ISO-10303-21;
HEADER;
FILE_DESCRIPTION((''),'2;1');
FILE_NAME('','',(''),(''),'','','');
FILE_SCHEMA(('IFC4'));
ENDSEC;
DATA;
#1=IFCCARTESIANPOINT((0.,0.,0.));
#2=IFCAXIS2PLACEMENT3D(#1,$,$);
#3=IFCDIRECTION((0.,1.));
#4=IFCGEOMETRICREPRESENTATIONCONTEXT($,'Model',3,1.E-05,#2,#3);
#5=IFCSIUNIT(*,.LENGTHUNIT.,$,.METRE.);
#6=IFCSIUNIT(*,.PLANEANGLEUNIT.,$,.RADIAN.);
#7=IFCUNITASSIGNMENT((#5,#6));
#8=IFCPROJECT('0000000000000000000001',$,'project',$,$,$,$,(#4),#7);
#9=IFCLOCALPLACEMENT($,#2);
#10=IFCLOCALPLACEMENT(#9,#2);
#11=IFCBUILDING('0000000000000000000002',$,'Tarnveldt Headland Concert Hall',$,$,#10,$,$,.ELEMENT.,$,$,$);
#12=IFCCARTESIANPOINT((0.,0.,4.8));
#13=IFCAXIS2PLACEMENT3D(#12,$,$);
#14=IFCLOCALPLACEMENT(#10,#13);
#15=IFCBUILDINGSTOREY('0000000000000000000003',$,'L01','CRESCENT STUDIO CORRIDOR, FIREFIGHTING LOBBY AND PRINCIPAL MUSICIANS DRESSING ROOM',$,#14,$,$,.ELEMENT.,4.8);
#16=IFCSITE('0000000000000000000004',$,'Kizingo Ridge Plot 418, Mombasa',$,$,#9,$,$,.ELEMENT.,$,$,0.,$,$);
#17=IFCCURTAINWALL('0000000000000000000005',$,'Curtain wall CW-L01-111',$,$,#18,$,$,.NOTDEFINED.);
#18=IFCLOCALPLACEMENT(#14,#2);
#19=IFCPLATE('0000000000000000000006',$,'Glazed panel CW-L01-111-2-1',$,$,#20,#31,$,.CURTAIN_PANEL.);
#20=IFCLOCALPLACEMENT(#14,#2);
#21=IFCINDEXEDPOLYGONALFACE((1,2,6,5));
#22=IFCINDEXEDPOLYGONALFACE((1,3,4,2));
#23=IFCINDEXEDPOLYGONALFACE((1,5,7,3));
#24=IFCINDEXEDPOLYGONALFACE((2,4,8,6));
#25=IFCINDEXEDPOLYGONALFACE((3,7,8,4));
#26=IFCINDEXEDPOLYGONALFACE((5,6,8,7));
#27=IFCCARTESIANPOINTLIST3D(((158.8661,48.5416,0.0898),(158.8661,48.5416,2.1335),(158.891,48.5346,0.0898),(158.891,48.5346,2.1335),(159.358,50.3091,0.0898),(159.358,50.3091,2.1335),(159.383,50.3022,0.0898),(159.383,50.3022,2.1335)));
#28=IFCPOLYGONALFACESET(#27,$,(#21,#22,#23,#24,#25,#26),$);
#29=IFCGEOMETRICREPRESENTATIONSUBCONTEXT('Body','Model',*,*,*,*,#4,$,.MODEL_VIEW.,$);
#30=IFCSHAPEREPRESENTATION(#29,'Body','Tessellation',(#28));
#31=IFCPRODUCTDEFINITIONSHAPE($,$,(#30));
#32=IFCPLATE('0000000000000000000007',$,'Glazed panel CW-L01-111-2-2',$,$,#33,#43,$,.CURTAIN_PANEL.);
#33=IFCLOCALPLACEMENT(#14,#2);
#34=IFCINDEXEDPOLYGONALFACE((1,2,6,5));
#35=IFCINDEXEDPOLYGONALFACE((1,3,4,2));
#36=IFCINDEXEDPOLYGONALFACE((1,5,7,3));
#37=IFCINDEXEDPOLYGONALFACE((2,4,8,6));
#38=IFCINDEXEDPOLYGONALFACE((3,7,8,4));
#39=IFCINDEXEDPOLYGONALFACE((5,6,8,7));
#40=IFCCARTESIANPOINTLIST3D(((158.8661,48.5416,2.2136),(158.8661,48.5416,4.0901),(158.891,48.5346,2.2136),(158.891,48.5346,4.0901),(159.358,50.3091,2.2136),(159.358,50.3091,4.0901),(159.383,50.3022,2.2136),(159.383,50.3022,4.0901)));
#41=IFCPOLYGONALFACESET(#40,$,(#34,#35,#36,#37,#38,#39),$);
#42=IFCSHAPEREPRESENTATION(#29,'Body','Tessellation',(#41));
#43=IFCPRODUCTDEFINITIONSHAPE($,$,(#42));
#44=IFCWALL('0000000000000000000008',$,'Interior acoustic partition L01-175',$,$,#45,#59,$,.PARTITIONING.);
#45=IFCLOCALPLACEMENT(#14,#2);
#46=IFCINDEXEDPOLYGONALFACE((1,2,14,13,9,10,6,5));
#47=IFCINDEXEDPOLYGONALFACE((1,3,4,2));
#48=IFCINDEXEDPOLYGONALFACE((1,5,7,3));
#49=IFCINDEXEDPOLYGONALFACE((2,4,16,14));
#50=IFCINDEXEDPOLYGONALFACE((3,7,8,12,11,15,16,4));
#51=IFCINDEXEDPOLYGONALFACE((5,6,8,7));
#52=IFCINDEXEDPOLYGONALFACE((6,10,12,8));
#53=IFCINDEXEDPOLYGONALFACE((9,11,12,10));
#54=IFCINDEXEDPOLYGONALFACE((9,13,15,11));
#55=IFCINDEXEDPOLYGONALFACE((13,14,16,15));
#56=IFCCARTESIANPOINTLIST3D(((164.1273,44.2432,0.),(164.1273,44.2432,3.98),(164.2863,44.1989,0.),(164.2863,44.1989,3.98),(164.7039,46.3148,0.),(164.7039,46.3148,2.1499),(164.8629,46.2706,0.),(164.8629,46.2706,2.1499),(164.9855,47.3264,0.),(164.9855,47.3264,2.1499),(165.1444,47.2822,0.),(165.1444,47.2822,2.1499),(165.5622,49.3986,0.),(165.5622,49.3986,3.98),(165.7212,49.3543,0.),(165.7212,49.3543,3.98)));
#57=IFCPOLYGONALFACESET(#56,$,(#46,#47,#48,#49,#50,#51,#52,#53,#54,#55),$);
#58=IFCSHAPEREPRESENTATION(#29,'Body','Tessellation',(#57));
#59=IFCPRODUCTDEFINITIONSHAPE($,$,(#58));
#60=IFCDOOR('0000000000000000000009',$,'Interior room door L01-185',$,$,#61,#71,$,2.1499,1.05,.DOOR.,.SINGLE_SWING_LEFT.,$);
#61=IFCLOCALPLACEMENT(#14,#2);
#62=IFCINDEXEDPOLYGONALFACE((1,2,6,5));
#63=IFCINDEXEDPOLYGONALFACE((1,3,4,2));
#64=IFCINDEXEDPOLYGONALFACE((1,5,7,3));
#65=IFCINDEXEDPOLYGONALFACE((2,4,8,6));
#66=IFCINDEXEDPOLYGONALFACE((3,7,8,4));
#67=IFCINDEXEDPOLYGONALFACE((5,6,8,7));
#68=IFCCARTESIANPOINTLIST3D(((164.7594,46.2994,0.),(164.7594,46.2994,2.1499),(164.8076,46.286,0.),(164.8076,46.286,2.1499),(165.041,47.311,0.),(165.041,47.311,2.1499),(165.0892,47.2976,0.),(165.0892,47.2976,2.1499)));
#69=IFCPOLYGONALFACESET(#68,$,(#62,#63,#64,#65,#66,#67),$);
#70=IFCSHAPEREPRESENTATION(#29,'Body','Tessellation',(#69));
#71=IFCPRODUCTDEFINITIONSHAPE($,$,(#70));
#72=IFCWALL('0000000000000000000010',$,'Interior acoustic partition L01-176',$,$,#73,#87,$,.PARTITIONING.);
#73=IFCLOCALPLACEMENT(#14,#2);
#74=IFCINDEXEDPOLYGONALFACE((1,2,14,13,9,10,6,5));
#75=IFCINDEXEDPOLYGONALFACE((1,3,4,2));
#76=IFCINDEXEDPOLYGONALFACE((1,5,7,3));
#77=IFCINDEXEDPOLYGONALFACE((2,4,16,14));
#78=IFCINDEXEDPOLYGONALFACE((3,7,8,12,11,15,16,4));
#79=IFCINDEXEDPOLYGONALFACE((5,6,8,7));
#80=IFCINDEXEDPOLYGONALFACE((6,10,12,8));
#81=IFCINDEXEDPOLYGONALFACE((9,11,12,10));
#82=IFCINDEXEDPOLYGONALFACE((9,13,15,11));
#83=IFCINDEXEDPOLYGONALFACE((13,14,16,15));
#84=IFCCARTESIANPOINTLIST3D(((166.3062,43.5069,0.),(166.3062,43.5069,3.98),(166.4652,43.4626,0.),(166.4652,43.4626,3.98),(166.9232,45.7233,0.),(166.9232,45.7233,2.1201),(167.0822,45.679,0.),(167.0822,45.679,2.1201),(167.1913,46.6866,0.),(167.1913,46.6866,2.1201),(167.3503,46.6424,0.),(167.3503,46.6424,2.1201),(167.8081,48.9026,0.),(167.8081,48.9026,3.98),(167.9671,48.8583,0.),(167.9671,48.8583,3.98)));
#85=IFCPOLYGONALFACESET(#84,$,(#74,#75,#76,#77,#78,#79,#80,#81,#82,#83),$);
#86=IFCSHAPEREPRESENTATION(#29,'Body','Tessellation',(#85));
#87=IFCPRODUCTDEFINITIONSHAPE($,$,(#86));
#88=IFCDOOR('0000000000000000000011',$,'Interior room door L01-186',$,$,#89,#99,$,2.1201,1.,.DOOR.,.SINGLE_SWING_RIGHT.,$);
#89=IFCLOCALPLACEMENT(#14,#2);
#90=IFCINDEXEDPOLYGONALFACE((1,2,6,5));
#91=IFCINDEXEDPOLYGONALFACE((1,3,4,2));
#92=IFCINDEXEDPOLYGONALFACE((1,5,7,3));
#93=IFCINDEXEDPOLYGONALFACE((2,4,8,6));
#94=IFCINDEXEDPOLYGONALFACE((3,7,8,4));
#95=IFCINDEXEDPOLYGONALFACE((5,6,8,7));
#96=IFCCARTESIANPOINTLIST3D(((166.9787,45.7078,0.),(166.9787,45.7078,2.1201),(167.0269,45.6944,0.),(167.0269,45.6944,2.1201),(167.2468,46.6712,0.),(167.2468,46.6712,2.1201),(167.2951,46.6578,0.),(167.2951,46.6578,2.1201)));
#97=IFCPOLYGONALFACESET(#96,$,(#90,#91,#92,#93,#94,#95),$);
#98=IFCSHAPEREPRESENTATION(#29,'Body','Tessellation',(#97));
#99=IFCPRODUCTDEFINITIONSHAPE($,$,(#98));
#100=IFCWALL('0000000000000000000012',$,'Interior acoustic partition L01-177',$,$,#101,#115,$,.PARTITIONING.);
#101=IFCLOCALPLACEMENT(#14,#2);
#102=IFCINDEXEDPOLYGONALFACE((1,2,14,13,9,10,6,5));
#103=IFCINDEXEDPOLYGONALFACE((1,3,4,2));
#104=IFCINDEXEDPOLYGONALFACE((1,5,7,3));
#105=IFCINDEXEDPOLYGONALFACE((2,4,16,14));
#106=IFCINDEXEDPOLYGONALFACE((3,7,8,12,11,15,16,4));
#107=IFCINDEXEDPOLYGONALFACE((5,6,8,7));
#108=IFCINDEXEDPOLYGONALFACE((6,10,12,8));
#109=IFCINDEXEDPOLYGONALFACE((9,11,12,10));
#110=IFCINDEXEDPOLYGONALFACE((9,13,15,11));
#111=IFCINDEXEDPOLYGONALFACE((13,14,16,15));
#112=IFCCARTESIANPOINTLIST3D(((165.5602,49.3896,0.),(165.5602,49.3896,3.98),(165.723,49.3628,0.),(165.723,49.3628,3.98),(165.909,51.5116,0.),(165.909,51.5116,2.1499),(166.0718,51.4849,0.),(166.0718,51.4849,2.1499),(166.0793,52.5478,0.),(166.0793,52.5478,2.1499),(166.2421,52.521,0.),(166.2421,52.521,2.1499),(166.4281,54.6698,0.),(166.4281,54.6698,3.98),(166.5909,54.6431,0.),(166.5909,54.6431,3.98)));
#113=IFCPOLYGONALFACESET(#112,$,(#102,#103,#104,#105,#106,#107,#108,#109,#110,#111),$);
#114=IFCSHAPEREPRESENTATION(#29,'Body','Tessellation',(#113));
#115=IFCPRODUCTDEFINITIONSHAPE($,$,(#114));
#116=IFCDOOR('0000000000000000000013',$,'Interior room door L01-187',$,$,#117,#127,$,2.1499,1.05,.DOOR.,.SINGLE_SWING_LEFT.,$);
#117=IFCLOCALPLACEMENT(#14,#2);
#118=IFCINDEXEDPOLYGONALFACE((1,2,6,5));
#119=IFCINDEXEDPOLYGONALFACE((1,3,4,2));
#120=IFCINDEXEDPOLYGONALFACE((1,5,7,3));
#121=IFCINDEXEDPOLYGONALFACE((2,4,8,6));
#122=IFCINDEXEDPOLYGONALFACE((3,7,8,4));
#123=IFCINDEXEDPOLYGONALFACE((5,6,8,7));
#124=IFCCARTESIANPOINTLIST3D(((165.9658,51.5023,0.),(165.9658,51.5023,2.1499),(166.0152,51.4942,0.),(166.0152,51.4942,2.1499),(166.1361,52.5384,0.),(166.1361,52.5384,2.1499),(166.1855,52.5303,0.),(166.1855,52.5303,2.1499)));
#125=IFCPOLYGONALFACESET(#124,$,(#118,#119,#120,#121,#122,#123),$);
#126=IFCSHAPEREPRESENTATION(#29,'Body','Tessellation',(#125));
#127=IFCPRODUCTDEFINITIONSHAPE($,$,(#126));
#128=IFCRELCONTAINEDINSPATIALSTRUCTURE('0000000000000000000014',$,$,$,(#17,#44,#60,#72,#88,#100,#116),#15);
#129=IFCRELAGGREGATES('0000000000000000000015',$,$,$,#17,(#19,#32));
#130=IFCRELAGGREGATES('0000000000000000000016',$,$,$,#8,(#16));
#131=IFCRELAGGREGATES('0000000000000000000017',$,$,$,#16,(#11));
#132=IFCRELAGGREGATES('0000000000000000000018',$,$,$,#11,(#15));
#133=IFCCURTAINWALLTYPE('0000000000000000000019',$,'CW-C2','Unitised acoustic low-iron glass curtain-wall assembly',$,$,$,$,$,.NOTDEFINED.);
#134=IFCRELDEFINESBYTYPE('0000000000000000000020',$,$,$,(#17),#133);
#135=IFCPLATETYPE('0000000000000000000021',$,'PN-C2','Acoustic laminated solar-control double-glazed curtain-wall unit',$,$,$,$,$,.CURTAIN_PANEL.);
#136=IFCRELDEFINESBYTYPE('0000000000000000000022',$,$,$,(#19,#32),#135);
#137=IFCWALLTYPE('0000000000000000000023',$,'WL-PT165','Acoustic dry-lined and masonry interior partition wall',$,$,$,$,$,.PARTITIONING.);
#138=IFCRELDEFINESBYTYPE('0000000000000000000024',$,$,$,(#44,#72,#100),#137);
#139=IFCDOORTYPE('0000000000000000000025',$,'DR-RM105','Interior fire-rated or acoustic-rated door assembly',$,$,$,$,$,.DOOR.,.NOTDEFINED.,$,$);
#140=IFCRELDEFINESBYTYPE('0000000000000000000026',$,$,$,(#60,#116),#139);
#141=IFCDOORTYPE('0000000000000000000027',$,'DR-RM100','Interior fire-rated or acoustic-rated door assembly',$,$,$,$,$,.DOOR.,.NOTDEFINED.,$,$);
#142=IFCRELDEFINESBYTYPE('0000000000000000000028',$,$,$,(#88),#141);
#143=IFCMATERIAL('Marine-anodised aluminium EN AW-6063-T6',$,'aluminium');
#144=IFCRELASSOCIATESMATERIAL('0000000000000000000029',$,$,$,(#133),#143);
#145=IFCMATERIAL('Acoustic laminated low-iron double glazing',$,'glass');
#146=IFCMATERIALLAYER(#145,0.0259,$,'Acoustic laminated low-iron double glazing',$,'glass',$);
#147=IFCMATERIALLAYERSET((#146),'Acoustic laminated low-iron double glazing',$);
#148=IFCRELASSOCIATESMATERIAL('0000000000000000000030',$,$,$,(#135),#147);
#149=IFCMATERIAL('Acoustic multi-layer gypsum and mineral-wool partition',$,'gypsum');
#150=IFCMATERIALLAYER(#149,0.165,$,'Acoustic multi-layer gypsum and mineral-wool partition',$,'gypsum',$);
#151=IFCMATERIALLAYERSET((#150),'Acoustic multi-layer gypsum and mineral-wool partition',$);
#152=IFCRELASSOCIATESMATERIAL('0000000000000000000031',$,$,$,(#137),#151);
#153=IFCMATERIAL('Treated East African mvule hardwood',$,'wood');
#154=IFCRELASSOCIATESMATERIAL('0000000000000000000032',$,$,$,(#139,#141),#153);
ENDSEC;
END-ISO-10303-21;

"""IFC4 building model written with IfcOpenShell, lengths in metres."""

from ifc_helpers import new_model, si_unit, direction, frame, frame_2d, origin, origin_2d, place, context, subcontext, project, spatial, rectangle, extrude, material, layer, layer_set, type_object, element, fill, aggregate, save


model = new_model("IFC4")

# Units and contexts
model_context = context("Model", 3, precision=1e-05, world=origin(), true_north=direction((0.0, 1.0)))
body_context = subcontext(model_context, "Body", "Model", "MODEL_VIEW")
ifc_project = project(units=[si_unit("LENGTHUNIT", "METRE"), si_unit("PLANEANGLEUNIT", "RADIAN")], contexts=[model_context])

# Site, building, storey
site_placement = place(None, origin())
site = spatial("IfcSite", under=ifc_project, at=site_placement, Name="Kizingo Ridge Plot 418, Mombasa", CompositionType="ELEMENT", RefElevation=0.0)
building_placement = place(site_placement, origin())
building = spatial("IfcBuilding", under=site, at=building_placement, Name="Tarnveldt Headland Concert Hall", CompositionType="ELEMENT")
storey_placement = place(building_placement, frame((0.0, 0.0, 4.8)))
storey = spatial("IfcBuildingStorey", under=building, at=storey_placement, Name="L01", Description="CRESCENT STUDIO CORRIDOR, FIREFIGHTING LOBBY AND PRINCIPAL MUSICIANS DRESSING ROOM", CompositionType="ELEMENT", Elevation=4.8)

# Curtain wall
ifc_material_1 = material(Name="Marine-anodised aluminium EN AW-6063-T6", Category="aluminium")
curtain_wall_type = type_object("IfcCurtainWallType", Name="CW-C2", Description="Unitised acoustic low-iron glass curtain-wall assembly", PredefinedType="NOTDEFINED", material=ifc_material_1)
curtain_wall_placement = place(storey_placement, origin())
curtain_wall = element("IfcCurtainWall", 1, at=curtain_wall_placement, inside=storey, type_object=curtain_wall_type, Name="Curtain wall CW-L01-111", PredefinedType="NOTDEFINED")

# Plates
ifc_material_2 = material(Name="Acoustic laminated low-iron double glazing", Category="glass")
ifc_layer_1 = layer(ifc_material_2, 0.0259, Name="Acoustic laminated low-iron double glazing", Category="glass")
ifc_layer_set_1 = layer_set([ifc_layer_1], Name="Acoustic laminated low-iron double glazing")
plate_type = type_object("IfcPlateType", Name="PN-C2", Description="Acoustic laminated solar-control double-glazed curtain-wall unit", PredefinedType="CURTAIN_PANEL", material=ifc_layer_set_1)
plate_1_placement = place(storey_placement, frame((159.1245, 49.4219, 0.0898), z_axis=(0.0, 0.0, 1.0), x_axis=(0.268146, 0.963378, 0.0)))
plate_1 = element("IfcPlate", 2, at=plate_1_placement, type_object=plate_type, Name="Glazed panel CW-L01-111-2-1", PredefinedType="CURTAIN_PANEL", context=body_context, shape_type="SweptSolid", body=[
    extrude(rectangle(XDim=1.8347, YDim=0.0259, at=origin_2d()), origin(), (0.0, 0.0, 1.0), 2.0437),
])
plate_2_placement = place(storey_placement, frame((159.1245, 49.4219, 2.2136), z_axis=(0.0, 0.0, 1.0), x_axis=(0.268146, 0.963378, 0.0)))
plate_2 = element("IfcPlate", 3, at=plate_2_placement, type_object=plate_type, Name="Glazed panel CW-L01-111-2-2", PredefinedType="CURTAIN_PANEL", context=body_context, shape_type="SweptSolid", body=[
    extrude(rectangle(XDim=1.8347, YDim=0.0259, at=origin_2d()), origin(), (0.0, 0.0, 1.0), 1.8765),
])
aggregate(curtain_wall, [plate_1, plate_2])

# Walls, openings, doors
ifc_material_3 = material(Name="Acoustic multi-layer gypsum and mineral-wool partition", Category="gypsum")
ifc_layer_2 = layer(ifc_material_3, 0.165, Name="Acoustic multi-layer gypsum and mineral-wool partition", Category="gypsum")
ifc_layer_set_2 = layer_set([ifc_layer_2], Name="Acoustic multi-layer gypsum and mineral-wool partition")
wall_type = type_object("IfcWallType", Name="WL-PT165", Description="Acoustic dry-lined and masonry interior partition wall", PredefinedType="PARTITIONING", material=ifc_layer_set_2)
wall_1_placement = place(storey_placement, frame((164.2068, 44.2209, 0.0), z_axis=(0.0, 0.0, 1.0), x_axis=(0.268129, 0.963383, 0.0)))
wall_1 = element("IfcWall", 4, at=wall_1_placement, inside=storey, type_object=wall_type, Name="Interior acoustic partition L01-175", PredefinedType="PARTITIONING", context=body_context, shape_type="SweptSolid", body=[
    extrude(rectangle(XDim=5.3513, YDim=0.165, at=frame_2d((2.6758, 0.0))), origin(), (0.0, 0.0, 1.0), 3.98),
])
opening_1_placement = place(wall_1_placement, frame((2.1506, 0.0, 0.0)))
opening_1 = element("IfcOpeningElement", 5, at=opening_1_placement, cuts=wall_1, PredefinedType="OPENING", context=body_context, shape_type="SweptSolid", body=[
    extrude(rectangle(XDim=1.05, YDim=2.1499, at=frame_2d((0.5249, 1.075))), frame((0.0, 0.0925, 0.0), z_axis=(0.0, -1.0, 0.0), x_axis=(1.0, 0.0, 0.0)), (0.0, 0.0, 1.0), 0.1851),
])
ifc_material_4 = material(Name="Treated East African mvule hardwood", Category="wood")
door_type_1 = type_object("IfcDoorType", Name="DR-RM105", Description="Interior fire-rated or acoustic-rated door assembly", OperationType="NOTDEFINED", PredefinedType="DOOR", material=ifc_material_4)
door_1_placement = place(opening_1_placement, origin())
door_1 = element("IfcDoor", 6, at=door_1_placement, inside=storey, type_object=door_type_1, Name="Interior room door L01-185", OperationType="SINGLE_SWING_LEFT", OverallHeight=2.1499, OverallWidth=1.05, PredefinedType="DOOR", context=body_context, shape_type="SweptSolid", body=[
    extrude(rectangle(XDim=1.05, YDim=2.1499, at=frame_2d((0.5249, 1.075))), frame((0.0, 0.0249, 0.0), z_axis=(0.0, -1.0, 0.0), x_axis=(1.0, 0.0, 0.0)), (0.0, 0.0, 1.0), 0.05),
])
fill(opening_1, door_1)
wall_2_placement = place(storey_placement, frame((166.3857, 43.4849, 0.0), z_axis=(0.0, 0.0, 1.0), x_axis=(0.268163, 0.963374, 0.0)))
wall_2 = element("IfcWall", 7, at=wall_2_placement, inside=storey, type_object=wall_type, Name="Interior acoustic partition L01-176", PredefinedType="PARTITIONING", context=body_context, shape_type="SweptSolid", body=[
    extrude(rectangle(XDim=5.6008, YDim=0.165, at=frame_2d((2.8003, 0.0))), origin(), (0.0, 0.0, 1.0), 3.98),
])
opening_2_placement = place(wall_2_placement, frame((2.3005, 0.0, 0.0)))
opening_2 = element("IfcOpeningElement", 8, at=opening_2_placement, cuts=wall_2, PredefinedType="OPENING", context=body_context, shape_type="SweptSolid", body=[
    extrude(rectangle(XDim=1.0, YDim=2.1201, at=frame_2d((0.5, 1.0601))), frame((0.0, 0.0925, 0.0), z_axis=(0.0, -1.0, 0.0), x_axis=(1.0, 0.0, 0.0)), (0.0, 0.0, 1.0), 0.1851),
])
door_type_2 = type_object("IfcDoorType", Name="DR-RM100", Description="Interior fire-rated or acoustic-rated door assembly", OperationType="NOTDEFINED", PredefinedType="DOOR", material=ifc_material_4)
door_2_placement = place(opening_2_placement, origin())
door_2 = element("IfcDoor", 9, at=door_2_placement, inside=storey, type_object=door_type_2, Name="Interior room door L01-186", OperationType="SINGLE_SWING_RIGHT", OverallHeight=2.1201, OverallWidth=1.0, PredefinedType="DOOR", context=body_context, shape_type="SweptSolid", body=[
    extrude(rectangle(XDim=1.0, YDim=2.1201, at=frame_2d((0.5, 1.0601))), frame((0.0, 0.0249, 0.0), z_axis=(0.0, -1.0, 0.0), x_axis=(1.0, 0.0, 0.0)), (0.0, 0.0, 1.0), 0.05),
])
fill(opening_2, door_2)
wall_3_placement = place(storey_placement, frame((165.6416, 49.3762, 0.0), z_axis=(0.0, 0.0, 1.0), x_axis=(0.162194, 0.986759, 0.0)))
wall_3 = element("IfcWall", 10, at=wall_3_placement, inside=storey, type_object=wall_type, Name="Interior acoustic partition L01-177", PredefinedType="PARTITIONING", context=body_context, shape_type="SweptSolid", body=[
    extrude(rectangle(XDim=5.3511, YDim=0.165, at=frame_2d((2.6755, 0.0))), origin(), (0.0, 0.0, 1.0), 3.98),
])
opening_3_placement = place(wall_3_placement, frame((2.1506, 0.0, 0.0)))
opening_3 = element("IfcOpeningElement", 11, at=opening_3_placement, cuts=wall_3, PredefinedType="OPENING", context=body_context, shape_type="SweptSolid", body=[
    extrude(rectangle(XDim=1.05, YDim=2.1499, at=frame_2d((0.5249, 1.075))), frame((0.0, 0.0925, 0.0), z_axis=(0.0, -1.0, 0.0), x_axis=(1.0, 0.0, 0.0)), (0.0, 0.0, 1.0), 0.1851),
])
door_3_placement = place(opening_3_placement, origin())
door_3 = element("IfcDoor", 12, at=door_3_placement, inside=storey, type_object=door_type_1, Name="Interior room door L01-187", OperationType="SINGLE_SWING_LEFT", OverallHeight=2.1499, OverallWidth=1.05, PredefinedType="DOOR", context=body_context, shape_type="SweptSolid", body=[
    extrude(rectangle(XDim=1.05, YDim=2.1499, at=frame_2d((0.5249, 1.075))), frame((0.0, 0.0249, 0.0), z_axis=(0.0, -1.0, 0.0), x_axis=(1.0, 0.0, 0.0)), (0.0, 0.0, 1.0), 0.05),
])
fill(opening_3, door_3)

save(model, "model.ifc")
